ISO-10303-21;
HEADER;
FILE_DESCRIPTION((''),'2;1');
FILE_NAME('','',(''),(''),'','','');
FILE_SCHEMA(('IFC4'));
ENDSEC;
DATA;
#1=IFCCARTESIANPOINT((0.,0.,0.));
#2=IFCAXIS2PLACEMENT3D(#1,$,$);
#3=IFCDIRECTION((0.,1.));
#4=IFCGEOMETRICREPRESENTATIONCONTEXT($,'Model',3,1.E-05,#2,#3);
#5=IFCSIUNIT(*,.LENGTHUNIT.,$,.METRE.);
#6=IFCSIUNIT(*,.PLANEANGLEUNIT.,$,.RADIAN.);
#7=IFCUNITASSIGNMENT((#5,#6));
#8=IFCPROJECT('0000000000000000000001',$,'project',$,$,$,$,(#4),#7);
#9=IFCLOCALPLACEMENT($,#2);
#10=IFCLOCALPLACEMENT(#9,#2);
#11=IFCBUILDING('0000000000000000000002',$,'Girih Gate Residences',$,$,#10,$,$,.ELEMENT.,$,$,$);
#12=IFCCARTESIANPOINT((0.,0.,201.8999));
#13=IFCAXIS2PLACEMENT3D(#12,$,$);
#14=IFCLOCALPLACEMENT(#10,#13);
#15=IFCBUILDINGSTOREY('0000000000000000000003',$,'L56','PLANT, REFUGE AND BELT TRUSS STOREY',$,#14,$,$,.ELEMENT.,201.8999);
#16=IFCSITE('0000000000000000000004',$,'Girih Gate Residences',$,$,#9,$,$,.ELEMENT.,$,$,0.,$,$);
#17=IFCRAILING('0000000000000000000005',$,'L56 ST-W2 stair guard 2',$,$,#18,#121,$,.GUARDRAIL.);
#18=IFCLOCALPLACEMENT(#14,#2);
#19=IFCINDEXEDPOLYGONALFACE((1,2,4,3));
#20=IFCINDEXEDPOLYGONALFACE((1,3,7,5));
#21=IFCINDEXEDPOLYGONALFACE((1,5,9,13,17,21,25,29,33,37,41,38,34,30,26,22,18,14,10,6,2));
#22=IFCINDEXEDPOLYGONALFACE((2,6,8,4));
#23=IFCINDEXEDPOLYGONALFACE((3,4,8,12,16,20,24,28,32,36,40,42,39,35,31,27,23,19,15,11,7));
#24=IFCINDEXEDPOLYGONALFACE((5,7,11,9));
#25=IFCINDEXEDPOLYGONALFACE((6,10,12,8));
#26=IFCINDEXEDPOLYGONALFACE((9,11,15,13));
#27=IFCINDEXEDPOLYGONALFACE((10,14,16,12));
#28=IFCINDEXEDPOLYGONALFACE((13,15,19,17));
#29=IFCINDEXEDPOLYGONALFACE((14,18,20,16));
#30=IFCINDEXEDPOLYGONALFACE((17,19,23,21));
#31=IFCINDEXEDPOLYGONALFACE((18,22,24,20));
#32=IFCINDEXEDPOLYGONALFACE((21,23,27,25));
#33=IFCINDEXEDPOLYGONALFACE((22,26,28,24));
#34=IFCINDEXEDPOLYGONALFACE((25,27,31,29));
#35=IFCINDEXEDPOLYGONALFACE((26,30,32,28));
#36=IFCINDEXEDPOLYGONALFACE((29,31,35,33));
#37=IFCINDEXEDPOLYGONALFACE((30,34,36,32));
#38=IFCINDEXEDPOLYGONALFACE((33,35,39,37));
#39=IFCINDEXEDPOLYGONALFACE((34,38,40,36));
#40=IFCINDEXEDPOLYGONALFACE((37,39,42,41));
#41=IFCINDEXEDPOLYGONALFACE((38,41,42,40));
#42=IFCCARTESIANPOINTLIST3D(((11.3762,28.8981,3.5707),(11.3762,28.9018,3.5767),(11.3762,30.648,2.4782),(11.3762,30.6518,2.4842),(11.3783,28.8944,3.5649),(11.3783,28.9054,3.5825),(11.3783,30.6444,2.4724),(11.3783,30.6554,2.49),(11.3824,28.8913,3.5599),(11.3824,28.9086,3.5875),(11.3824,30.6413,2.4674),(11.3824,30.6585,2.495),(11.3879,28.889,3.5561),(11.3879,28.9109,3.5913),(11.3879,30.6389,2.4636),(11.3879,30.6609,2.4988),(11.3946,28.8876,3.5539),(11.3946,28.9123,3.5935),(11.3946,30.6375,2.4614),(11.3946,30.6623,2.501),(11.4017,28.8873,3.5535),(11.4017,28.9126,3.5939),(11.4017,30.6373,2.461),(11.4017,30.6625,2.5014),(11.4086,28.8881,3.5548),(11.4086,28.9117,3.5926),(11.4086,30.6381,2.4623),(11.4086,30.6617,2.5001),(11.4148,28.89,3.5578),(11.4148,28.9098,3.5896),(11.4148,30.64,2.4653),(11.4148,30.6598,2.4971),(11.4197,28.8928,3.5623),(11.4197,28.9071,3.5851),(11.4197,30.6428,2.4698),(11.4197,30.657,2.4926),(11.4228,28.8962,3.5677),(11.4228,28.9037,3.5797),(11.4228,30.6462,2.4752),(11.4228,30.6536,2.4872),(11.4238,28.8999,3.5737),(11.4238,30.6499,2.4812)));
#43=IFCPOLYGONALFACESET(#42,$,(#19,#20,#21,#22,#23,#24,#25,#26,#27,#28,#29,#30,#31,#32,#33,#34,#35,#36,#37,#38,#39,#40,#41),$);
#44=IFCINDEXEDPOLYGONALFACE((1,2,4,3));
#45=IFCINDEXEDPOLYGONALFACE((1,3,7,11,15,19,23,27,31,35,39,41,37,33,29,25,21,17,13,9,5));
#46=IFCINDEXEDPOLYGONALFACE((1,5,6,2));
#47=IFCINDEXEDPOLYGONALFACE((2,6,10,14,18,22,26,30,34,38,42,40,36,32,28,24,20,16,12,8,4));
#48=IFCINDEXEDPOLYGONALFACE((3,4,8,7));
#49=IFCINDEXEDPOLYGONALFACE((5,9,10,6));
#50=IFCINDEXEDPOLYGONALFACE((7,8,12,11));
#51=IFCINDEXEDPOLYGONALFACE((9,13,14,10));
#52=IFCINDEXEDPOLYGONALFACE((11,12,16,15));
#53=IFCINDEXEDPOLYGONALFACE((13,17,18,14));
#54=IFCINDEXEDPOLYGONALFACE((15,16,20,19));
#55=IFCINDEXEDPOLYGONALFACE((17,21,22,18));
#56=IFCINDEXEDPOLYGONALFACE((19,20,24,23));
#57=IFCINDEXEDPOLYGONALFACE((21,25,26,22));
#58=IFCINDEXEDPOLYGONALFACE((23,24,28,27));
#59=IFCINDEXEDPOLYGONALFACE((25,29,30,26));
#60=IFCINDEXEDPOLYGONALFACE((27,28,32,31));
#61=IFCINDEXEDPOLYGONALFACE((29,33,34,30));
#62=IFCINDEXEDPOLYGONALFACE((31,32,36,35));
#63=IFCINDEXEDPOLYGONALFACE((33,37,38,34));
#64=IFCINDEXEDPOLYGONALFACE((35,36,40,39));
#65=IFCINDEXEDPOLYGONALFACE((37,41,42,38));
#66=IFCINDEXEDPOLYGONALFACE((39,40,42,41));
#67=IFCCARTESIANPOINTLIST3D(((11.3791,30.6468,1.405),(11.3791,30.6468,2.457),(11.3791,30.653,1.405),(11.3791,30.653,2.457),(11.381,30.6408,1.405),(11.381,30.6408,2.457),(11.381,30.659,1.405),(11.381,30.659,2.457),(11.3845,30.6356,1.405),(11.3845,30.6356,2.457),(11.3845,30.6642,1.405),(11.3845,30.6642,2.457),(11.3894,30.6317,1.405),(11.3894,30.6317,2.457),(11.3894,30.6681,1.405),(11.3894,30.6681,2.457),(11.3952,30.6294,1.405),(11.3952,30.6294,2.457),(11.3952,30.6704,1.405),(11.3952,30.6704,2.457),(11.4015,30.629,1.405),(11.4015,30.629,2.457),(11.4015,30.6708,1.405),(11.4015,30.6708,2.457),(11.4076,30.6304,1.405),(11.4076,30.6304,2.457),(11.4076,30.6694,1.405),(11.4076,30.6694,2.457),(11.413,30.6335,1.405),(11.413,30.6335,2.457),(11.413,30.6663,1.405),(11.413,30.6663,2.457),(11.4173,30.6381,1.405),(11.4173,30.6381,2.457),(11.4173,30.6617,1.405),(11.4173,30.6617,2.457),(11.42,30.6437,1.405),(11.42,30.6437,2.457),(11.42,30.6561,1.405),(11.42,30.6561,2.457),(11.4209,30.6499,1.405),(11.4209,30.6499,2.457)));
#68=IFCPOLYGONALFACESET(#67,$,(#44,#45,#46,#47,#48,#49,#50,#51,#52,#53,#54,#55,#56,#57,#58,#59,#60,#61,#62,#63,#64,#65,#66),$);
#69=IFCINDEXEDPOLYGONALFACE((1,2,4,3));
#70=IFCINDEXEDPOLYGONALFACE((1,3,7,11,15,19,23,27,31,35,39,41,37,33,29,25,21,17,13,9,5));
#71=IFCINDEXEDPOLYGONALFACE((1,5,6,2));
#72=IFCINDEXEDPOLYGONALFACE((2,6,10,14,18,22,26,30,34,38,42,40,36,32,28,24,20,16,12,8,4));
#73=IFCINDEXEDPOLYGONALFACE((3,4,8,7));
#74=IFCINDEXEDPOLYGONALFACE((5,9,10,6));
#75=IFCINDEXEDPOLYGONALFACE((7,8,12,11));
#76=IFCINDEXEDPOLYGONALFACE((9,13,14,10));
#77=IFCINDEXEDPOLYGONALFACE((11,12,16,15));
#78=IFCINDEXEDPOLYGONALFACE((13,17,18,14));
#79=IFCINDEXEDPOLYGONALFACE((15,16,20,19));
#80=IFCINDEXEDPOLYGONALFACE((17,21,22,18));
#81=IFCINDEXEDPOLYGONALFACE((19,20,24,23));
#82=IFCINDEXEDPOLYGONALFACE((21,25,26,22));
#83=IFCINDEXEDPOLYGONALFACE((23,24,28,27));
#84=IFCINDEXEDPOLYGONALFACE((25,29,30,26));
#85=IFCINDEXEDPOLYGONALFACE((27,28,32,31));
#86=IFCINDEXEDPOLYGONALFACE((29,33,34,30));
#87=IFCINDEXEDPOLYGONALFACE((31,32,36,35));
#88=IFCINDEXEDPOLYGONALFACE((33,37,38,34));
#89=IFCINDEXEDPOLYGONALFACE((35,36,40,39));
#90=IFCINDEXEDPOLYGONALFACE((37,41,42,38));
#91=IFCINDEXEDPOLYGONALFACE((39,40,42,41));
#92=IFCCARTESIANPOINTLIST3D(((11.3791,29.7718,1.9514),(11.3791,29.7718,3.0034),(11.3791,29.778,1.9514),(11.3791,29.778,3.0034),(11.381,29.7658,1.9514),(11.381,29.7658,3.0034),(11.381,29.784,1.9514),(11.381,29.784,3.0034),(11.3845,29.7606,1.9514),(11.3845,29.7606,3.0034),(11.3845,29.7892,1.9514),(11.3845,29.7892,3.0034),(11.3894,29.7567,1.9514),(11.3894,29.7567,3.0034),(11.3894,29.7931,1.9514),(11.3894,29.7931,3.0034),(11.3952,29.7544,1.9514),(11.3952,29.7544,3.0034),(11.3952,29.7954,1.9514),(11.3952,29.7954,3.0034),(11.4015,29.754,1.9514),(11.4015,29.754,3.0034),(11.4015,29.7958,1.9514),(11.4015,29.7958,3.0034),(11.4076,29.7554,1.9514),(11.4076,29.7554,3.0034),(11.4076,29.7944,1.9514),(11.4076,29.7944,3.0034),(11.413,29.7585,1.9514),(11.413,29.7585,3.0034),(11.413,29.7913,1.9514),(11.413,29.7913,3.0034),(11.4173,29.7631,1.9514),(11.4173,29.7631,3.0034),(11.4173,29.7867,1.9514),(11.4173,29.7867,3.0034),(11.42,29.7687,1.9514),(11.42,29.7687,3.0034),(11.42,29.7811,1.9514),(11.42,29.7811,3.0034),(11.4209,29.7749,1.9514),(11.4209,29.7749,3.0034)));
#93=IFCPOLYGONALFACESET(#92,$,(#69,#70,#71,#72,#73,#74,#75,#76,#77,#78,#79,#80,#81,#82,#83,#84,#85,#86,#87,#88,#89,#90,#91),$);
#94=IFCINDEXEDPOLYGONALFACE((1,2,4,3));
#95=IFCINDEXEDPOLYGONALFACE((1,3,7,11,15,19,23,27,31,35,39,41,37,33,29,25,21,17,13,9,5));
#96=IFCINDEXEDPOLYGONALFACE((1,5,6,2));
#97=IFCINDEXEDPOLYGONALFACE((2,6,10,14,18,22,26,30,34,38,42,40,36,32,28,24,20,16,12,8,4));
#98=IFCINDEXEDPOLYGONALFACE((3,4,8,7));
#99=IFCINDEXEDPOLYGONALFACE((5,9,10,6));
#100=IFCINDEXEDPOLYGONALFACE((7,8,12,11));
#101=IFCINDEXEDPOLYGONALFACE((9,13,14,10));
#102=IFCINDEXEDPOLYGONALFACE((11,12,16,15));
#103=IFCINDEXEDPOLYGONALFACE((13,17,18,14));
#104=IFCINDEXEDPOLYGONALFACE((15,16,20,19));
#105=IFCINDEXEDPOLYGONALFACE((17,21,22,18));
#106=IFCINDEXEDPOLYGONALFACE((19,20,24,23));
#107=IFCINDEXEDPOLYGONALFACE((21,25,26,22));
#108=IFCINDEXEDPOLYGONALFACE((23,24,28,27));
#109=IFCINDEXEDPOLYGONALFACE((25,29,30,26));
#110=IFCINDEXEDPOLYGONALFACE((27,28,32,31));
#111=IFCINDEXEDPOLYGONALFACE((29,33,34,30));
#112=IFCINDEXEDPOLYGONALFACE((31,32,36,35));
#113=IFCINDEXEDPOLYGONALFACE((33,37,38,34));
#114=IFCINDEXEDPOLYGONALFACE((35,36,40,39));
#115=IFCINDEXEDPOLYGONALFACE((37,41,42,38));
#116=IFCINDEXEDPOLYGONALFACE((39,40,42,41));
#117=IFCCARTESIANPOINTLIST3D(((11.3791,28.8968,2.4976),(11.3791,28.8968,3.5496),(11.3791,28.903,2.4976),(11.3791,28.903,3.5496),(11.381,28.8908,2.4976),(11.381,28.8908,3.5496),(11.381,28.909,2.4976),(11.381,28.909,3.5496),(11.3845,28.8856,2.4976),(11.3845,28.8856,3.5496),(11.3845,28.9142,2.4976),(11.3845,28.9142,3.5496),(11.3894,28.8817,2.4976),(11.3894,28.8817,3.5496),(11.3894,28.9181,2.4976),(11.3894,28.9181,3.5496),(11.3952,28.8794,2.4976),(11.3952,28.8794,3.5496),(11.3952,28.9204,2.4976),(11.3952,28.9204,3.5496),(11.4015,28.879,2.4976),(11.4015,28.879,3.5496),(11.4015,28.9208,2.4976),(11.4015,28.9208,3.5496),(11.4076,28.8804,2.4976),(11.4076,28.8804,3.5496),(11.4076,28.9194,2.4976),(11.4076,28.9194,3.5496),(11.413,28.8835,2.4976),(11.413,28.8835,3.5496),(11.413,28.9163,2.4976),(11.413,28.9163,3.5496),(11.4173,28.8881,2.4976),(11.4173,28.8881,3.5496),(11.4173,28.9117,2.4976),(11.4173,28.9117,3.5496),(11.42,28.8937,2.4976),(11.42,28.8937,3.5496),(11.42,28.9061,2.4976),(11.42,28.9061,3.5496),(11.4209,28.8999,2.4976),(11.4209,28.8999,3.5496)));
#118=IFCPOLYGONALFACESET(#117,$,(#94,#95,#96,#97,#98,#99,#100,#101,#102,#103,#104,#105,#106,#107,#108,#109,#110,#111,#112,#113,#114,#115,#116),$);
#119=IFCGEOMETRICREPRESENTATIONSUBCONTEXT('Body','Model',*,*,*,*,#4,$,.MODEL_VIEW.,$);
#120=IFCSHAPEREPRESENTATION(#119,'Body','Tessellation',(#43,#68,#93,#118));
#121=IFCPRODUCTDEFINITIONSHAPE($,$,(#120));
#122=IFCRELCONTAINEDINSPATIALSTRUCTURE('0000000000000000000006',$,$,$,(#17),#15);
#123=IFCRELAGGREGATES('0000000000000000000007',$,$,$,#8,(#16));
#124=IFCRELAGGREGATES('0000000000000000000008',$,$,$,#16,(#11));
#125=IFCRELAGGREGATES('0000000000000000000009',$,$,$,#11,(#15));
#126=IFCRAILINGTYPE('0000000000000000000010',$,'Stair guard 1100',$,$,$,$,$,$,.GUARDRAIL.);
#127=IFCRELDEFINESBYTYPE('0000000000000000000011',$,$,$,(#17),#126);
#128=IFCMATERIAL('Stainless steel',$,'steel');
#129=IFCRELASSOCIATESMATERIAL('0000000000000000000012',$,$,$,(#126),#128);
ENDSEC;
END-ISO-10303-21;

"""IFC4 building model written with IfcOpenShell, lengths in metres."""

from ifc_helpers import new_model, si_unit, direction, frame, origin, origin_2d, place, context, subcontext, project, spatial, circle, extrude, material, type_object, element, save


model = new_model("IFC4")

# Units and contexts
model_context = context("Model", 3, precision=1e-05, world=origin(), true_north=direction((0.0, 1.0)))
body_context = subcontext(model_context, "Body", "Model", "MODEL_VIEW")
ifc_project = project(units=[si_unit("LENGTHUNIT", "METRE"), si_unit("PLANEANGLEUNIT", "RADIAN")], contexts=[model_context])

# Site, building, storey
site_placement = place(None, origin())
site = spatial("IfcSite", under=ifc_project, at=site_placement, Name="Girih Gate Residences", CompositionType="ELEMENT", RefElevation=0.0)
building_placement = place(site_placement, origin())
building = spatial("IfcBuilding", under=site, at=building_placement, Name="Girih Gate Residences", CompositionType="ELEMENT")
storey_placement = place(building_placement, frame((0.0, 0.0, 201.8999)))
storey = spatial("IfcBuildingStorey", under=building, at=storey_placement, Name="L56", Description="PLANT, REFUGE AND BELT TRUSS STOREY", CompositionType="ELEMENT", Elevation=201.8999)

# Railing
ifc_material_1 = material(Name="Stainless steel", Category="steel")
railing_type_1 = type_object("IfcRailingType", Name="Stair guard 1100", PredefinedType="GUARDRAIL", material=ifc_material_1)
railing_1_placement = place(storey_placement, frame((11.3999, 30.6499, 1.405)))
element("IfcRailing", 1, at=railing_1_placement, inside=storey, type_object=railing_type_1, Name="L56 ST-W2 stair guard 2", PredefinedType="GUARDRAIL", context=body_context, shape_type="SweptSolid", body=[
    extrude(circle(Radius=0.0239, at=origin_2d()), frame((0.0, 0.0, 1.0762), z_axis=(0.0, -0.848264, 0.529573), x_axis=(1.0, 0.0, 0.0)), (0.0, 0.0, 1.0), 2.063),
    extrude(circle(Radius=0.021, at=origin_2d()), origin(), (0.0, 0.0, 1.0), 1.052),
    extrude(circle(Radius=0.021, at=origin_2d()), frame((0.0, -0.875, 0.5464)), (0.0, 0.0, 1.0), 1.052),
    extrude(circle(Radius=0.021, at=origin_2d()), frame((0.0, -1.75, 1.0925)), (0.0, 0.0, 1.0), 1.052),
])

save(model, "model.ifc")
